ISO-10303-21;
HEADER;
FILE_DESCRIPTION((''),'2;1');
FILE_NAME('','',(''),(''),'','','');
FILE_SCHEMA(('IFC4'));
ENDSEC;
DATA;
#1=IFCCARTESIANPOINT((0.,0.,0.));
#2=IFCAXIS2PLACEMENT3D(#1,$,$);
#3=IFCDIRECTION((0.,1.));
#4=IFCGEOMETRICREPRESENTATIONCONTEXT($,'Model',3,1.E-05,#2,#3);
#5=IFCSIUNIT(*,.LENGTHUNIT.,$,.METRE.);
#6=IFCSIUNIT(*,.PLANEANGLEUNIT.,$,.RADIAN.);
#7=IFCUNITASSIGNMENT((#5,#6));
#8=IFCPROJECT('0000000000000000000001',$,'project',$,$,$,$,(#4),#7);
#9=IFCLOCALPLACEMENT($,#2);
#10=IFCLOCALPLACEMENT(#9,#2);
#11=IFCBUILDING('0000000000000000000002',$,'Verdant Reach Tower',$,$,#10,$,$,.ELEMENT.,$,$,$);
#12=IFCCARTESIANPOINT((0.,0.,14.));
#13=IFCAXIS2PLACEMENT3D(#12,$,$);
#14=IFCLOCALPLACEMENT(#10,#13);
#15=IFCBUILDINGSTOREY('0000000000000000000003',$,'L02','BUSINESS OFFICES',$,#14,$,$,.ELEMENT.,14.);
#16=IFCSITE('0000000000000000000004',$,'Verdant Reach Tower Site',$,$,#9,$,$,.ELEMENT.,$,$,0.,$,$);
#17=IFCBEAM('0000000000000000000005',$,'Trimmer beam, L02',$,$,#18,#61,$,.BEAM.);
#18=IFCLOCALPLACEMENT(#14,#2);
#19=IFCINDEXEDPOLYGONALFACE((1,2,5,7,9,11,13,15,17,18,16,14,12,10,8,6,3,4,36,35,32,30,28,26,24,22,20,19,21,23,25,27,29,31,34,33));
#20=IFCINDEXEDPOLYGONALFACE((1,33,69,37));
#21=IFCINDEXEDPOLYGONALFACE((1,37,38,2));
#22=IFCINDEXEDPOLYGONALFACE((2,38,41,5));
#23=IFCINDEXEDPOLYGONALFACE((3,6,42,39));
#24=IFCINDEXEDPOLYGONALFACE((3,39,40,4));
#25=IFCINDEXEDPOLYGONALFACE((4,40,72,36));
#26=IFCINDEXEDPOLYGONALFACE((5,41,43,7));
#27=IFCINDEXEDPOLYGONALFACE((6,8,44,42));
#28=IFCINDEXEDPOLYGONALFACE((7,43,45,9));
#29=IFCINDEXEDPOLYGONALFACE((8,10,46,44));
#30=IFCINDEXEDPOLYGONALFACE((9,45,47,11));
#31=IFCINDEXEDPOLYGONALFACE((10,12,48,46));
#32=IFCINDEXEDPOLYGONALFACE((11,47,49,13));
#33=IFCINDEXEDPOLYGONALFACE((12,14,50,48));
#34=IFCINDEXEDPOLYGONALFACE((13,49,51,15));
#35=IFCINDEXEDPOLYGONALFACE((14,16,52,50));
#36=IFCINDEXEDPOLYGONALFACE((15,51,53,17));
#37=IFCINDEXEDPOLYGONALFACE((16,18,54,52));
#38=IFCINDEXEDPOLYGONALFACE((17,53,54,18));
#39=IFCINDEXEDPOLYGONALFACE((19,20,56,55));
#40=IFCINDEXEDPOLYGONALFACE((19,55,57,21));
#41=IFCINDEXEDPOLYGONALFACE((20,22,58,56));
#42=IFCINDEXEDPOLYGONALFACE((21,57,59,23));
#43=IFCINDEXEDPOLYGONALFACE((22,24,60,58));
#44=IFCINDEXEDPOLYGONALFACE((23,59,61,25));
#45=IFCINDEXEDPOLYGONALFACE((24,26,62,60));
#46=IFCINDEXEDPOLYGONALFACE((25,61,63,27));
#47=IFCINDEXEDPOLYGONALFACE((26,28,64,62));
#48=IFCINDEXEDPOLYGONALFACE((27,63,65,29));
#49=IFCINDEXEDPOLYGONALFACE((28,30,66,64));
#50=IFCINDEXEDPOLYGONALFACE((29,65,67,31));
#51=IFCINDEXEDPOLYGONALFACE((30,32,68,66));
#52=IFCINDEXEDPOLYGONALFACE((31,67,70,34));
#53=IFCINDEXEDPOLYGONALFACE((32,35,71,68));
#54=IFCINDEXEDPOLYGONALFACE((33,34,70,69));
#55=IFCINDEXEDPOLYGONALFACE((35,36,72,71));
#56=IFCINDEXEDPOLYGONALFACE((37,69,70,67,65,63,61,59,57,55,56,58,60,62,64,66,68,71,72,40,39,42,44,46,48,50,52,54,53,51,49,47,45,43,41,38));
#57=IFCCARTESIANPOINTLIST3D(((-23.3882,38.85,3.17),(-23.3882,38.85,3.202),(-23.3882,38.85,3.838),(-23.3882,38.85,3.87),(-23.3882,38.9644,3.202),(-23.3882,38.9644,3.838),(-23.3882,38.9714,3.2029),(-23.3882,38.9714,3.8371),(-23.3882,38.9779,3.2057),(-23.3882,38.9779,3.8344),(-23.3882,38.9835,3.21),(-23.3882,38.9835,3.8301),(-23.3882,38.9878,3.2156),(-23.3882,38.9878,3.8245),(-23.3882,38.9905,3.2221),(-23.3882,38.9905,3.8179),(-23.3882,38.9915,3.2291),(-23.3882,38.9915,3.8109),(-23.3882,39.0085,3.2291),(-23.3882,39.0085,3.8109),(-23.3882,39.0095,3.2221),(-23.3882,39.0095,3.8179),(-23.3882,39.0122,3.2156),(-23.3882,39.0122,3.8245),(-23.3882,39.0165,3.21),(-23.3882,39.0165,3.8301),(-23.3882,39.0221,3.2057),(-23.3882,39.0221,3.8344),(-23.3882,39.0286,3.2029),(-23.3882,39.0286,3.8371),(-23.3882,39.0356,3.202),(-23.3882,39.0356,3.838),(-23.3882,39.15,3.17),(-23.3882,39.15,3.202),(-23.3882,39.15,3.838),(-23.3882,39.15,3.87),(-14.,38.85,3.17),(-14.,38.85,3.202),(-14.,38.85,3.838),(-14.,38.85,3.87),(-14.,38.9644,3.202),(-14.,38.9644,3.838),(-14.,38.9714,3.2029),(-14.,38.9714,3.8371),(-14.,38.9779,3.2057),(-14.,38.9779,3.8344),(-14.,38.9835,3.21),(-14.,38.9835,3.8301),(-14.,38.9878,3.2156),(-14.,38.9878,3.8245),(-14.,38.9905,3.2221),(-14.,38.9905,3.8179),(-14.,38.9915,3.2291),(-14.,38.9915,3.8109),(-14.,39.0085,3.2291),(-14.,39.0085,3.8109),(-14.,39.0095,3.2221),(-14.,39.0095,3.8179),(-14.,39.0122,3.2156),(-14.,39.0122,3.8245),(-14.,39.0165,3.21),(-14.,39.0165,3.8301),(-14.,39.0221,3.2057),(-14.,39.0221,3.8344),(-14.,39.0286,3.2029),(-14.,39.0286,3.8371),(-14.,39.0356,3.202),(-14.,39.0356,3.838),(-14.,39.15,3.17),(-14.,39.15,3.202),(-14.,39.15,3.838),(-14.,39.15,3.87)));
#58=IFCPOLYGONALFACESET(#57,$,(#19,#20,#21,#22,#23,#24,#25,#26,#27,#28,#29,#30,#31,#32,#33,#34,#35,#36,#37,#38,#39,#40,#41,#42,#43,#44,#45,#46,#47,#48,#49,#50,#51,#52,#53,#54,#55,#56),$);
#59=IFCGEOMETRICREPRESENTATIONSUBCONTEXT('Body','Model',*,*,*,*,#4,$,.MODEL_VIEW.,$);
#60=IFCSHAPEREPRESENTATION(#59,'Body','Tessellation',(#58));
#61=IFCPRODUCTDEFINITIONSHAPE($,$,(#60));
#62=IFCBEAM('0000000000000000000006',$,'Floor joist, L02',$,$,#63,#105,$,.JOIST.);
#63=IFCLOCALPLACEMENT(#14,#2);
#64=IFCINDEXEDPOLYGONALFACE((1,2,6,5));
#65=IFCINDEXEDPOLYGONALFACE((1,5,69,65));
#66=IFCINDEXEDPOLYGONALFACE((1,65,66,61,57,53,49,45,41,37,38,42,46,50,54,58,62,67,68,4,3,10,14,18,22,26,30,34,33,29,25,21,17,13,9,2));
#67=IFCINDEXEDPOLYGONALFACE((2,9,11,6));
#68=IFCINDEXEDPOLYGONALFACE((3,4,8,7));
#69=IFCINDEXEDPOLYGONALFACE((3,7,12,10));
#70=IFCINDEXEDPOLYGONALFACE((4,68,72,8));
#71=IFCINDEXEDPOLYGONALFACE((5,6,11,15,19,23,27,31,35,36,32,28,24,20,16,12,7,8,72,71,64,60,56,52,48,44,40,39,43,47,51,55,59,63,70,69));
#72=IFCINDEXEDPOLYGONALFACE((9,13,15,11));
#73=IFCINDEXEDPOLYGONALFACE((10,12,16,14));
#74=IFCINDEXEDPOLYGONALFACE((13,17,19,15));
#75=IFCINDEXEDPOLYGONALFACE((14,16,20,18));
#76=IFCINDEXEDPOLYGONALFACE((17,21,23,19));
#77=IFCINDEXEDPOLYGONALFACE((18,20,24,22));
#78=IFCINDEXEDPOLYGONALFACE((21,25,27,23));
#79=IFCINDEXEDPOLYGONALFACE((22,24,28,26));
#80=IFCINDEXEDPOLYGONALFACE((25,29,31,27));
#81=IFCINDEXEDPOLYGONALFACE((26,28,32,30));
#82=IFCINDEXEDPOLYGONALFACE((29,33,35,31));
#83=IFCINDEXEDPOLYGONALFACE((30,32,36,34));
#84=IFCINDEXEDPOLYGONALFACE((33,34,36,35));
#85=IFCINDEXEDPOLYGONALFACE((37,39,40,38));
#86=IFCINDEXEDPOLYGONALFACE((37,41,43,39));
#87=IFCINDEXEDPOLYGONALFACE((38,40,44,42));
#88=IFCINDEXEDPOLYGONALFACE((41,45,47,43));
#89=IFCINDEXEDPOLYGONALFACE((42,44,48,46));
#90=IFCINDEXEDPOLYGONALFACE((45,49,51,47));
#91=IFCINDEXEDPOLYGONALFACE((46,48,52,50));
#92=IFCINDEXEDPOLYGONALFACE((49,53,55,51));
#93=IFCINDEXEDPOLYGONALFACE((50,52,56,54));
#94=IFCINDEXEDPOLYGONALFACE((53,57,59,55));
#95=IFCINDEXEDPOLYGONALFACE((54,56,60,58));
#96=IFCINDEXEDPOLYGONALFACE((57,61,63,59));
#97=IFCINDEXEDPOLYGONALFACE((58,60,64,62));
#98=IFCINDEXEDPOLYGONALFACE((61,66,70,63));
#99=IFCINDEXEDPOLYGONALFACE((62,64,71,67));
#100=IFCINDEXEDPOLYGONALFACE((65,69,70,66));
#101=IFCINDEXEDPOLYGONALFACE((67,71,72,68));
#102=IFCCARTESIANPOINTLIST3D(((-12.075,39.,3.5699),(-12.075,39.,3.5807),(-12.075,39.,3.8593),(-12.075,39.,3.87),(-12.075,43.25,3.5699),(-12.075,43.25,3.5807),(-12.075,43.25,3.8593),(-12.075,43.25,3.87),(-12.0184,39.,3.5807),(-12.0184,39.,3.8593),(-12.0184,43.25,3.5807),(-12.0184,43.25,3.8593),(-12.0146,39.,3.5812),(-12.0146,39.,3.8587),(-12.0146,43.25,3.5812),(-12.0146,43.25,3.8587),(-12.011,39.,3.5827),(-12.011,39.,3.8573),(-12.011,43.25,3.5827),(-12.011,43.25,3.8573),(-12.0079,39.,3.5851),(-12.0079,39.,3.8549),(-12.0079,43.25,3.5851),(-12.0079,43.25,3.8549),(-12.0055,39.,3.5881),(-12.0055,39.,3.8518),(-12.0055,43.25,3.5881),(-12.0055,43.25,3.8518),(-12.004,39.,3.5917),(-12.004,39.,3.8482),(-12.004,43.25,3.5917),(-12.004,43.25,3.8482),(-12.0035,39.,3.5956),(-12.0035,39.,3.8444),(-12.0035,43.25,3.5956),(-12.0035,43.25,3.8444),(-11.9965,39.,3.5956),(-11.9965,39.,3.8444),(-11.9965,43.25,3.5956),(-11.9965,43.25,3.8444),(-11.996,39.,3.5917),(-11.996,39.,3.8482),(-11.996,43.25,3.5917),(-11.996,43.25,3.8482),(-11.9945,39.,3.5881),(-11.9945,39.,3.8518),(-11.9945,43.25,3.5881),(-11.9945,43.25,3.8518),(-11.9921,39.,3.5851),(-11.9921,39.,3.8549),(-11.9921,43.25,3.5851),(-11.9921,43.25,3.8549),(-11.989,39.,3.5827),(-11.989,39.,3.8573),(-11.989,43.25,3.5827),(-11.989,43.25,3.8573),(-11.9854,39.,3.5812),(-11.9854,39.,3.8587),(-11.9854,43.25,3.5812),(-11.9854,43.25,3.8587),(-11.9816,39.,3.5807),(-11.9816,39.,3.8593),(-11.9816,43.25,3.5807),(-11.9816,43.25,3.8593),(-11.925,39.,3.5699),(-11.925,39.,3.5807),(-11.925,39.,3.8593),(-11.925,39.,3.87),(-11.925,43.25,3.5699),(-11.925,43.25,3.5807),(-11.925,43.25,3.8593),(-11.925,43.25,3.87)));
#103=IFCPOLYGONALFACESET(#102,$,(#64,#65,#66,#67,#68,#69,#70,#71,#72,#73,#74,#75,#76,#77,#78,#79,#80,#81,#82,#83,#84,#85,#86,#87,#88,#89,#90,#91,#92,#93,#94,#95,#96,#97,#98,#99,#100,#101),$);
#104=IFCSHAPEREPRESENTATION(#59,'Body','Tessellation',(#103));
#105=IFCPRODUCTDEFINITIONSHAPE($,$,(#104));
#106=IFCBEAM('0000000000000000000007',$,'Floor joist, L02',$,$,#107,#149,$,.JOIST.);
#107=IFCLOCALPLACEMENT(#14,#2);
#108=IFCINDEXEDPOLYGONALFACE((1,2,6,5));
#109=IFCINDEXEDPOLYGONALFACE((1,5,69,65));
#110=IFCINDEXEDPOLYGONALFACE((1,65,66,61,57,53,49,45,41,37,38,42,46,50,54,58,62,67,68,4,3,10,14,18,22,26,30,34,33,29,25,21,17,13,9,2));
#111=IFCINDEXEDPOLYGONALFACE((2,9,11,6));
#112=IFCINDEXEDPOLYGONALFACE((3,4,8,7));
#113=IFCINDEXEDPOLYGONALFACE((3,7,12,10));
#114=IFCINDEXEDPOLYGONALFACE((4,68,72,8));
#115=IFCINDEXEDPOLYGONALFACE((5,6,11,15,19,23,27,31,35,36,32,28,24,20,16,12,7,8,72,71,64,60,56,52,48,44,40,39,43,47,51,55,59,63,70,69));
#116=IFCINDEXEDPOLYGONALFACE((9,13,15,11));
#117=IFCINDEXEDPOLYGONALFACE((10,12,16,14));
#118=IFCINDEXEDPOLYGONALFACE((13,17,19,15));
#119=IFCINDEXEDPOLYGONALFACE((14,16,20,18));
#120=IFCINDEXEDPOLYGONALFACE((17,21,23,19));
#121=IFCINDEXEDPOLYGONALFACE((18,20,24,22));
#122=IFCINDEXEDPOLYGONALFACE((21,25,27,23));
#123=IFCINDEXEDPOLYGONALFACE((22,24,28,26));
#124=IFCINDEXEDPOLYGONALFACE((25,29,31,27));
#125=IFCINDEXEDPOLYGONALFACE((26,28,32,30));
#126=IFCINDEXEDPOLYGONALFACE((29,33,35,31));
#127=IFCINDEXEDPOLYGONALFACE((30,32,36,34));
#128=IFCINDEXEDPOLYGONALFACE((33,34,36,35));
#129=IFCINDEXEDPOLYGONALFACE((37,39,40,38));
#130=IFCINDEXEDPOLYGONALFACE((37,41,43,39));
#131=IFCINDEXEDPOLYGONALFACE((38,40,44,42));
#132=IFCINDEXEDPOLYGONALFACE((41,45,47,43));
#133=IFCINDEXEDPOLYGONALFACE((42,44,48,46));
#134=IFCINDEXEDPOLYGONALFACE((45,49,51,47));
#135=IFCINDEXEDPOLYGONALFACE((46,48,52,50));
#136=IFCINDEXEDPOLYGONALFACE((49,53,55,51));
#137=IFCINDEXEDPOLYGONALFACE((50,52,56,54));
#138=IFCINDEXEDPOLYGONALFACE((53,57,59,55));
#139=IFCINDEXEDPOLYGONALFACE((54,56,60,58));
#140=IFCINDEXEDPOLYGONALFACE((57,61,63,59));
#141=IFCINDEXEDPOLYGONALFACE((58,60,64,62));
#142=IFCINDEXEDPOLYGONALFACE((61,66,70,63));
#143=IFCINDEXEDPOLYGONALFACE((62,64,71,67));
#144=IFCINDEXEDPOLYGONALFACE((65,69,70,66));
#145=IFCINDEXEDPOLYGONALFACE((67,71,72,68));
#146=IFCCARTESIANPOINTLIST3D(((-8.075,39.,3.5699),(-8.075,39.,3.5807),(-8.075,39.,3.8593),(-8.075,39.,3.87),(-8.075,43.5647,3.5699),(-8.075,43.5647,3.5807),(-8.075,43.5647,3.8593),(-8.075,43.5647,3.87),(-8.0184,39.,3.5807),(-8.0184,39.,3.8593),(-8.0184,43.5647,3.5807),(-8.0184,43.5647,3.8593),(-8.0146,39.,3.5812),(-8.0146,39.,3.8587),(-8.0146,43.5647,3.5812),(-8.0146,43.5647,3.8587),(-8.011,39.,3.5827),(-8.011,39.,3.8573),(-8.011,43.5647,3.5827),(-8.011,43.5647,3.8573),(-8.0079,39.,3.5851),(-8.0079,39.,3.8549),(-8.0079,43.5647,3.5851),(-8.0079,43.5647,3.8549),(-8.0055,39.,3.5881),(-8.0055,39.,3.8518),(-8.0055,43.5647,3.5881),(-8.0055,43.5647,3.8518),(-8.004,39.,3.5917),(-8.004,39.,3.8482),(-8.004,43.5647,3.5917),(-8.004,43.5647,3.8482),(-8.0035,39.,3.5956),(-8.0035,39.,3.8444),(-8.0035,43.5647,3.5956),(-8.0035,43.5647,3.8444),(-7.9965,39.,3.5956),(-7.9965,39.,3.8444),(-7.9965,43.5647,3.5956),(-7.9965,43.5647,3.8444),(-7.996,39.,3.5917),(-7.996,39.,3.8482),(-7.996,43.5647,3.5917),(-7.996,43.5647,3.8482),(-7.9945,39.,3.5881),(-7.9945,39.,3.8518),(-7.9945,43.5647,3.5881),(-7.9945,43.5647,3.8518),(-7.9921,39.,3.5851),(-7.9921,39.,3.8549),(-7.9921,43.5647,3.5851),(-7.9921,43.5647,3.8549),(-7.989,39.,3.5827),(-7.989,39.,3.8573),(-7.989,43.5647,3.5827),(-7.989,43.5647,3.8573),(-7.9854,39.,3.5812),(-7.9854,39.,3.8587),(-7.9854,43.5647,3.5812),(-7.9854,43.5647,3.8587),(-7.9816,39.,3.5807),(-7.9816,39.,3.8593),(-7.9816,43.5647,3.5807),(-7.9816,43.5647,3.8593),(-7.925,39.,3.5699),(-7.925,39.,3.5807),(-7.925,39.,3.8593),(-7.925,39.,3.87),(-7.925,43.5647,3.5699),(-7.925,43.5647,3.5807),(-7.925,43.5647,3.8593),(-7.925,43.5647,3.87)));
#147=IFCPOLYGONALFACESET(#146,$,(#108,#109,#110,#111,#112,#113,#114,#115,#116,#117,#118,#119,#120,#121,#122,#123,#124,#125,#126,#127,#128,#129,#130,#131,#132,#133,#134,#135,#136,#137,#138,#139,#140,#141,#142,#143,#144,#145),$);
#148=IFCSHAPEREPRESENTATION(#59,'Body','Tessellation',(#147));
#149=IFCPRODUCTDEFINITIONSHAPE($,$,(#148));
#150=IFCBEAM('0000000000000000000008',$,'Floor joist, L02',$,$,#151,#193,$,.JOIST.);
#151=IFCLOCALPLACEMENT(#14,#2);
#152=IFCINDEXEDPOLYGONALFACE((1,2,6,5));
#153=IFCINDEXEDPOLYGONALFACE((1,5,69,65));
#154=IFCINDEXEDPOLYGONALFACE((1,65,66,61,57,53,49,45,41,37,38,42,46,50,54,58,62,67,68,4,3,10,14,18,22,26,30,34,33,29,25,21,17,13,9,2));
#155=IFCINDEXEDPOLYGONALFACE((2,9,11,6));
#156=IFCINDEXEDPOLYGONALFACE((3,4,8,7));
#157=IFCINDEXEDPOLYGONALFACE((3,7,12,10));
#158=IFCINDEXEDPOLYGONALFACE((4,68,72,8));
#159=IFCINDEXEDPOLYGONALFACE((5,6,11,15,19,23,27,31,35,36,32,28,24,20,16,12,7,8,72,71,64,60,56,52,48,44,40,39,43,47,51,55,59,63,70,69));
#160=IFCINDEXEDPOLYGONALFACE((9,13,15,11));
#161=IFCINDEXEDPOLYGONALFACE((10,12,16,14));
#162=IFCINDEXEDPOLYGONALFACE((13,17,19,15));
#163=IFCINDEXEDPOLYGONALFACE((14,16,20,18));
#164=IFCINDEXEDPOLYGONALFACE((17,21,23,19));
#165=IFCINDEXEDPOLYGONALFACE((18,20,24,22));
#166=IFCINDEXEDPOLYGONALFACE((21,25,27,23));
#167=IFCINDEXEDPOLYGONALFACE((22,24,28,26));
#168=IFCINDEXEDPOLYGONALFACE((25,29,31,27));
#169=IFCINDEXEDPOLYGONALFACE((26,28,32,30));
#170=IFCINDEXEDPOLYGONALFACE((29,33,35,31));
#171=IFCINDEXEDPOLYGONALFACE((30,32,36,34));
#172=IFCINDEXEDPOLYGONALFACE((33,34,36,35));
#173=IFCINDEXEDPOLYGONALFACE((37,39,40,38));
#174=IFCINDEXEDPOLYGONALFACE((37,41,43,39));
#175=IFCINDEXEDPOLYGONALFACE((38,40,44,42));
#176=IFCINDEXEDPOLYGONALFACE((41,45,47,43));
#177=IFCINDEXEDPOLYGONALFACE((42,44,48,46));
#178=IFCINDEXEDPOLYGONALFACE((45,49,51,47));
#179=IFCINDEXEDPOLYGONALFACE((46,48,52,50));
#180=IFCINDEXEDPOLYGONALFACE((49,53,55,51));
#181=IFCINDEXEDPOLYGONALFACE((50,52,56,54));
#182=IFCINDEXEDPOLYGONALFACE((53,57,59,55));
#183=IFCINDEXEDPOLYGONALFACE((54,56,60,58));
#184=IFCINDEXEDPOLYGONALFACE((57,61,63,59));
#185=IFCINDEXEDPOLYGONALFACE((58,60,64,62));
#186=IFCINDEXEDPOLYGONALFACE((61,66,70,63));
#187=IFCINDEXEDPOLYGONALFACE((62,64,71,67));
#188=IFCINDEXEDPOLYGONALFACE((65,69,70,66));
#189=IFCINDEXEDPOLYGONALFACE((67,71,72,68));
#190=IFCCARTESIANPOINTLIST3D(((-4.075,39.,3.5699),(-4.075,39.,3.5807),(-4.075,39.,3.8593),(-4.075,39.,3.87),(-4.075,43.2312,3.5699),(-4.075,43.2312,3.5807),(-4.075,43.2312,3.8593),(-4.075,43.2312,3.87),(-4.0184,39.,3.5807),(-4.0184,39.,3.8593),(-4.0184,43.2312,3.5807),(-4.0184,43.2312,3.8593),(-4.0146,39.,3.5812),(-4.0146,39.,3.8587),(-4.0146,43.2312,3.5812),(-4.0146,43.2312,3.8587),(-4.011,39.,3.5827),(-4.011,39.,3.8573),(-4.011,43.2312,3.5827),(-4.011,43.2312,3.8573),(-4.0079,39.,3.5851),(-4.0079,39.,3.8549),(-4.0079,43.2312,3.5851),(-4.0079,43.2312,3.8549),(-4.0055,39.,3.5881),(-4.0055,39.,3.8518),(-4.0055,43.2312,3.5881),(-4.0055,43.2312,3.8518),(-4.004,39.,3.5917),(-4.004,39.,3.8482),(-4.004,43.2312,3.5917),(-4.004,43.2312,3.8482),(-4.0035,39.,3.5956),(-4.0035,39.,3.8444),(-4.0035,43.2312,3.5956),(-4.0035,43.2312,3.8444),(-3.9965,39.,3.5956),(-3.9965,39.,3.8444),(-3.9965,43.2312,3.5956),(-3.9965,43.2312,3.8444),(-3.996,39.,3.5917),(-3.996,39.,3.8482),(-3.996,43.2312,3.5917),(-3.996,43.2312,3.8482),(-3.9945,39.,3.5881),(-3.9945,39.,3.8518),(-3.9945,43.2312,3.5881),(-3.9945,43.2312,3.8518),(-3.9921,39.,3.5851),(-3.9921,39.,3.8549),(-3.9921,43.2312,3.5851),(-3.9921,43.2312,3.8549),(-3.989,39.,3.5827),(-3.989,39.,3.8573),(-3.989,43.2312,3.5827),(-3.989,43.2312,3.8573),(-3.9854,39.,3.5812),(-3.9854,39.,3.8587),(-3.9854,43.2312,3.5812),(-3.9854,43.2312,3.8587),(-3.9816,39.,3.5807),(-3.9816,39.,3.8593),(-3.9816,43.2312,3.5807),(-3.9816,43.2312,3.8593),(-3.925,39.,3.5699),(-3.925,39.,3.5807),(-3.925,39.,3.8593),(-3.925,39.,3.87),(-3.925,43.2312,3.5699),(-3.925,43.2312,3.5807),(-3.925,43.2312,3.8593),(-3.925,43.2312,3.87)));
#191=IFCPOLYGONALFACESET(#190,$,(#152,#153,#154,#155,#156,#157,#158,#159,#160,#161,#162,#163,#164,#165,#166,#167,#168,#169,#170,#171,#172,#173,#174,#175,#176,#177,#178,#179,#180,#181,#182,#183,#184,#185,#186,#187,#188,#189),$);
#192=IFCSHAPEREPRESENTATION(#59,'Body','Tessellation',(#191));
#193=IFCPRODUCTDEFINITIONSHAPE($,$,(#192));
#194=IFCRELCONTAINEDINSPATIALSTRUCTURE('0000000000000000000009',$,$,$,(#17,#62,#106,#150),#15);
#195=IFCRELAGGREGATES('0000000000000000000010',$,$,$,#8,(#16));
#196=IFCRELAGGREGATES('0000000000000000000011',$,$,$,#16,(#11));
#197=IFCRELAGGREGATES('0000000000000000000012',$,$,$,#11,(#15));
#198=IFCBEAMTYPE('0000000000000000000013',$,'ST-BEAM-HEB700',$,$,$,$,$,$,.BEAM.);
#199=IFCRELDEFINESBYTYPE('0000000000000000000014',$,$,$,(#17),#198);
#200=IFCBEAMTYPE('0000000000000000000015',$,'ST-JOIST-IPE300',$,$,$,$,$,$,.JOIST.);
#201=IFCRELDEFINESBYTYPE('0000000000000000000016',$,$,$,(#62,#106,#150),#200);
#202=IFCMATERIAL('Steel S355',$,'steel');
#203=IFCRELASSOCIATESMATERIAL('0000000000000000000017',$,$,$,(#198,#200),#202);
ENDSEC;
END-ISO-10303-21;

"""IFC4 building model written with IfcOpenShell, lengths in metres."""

from ifc_helpers import new_model, si_unit, direction, frame, origin, origin_2d, place, context, subcontext, project, spatial, i_section, extrude, material, material_profile, profile_set, type_object, element, save


model = new_model("IFC4")

# Units and contexts
model_context = context("Model", 3, precision=1e-05, world=origin(), true_north=direction((0.0, 1.0)))
body_context = subcontext(model_context, "Body", "Model", "MODEL_VIEW")
ifc_project = project(units=[si_unit("LENGTHUNIT", "METRE"), si_unit("PLANEANGLEUNIT", "RADIAN")], contexts=[model_context])

# Site, building, storey
site_placement = place(None, origin())
site = spatial("IfcSite", under=ifc_project, at=site_placement, Name="Verdant Reach Tower Site", CompositionType="ELEMENT", RefElevation=0.0)
building_placement = place(site_placement, origin())
building = spatial("IfcBuilding", under=site, at=building_placement, Name="Verdant Reach Tower", CompositionType="ELEMENT")
storey_placement = place(building_placement, frame((0.0, 0.0, 14.0)))
storey = spatial("IfcBuildingStorey", under=building, at=storey_placement, Name="L02", Description="BUSINESS OFFICES", CompositionType="ELEMENT", Elevation=14.0)

# Beams
ifc_material_1 = material(Name="Steel S355", Category="steel")
ifc_material_profile_1 = material_profile(ifc_material_1, i_section(OverallWidth=0.3, OverallDepth=0.7, WebThickness=0.0171, FlangeThickness=0.032, FilletRadius=0.0271, at=origin_2d()), Name="HEB 700")
ifc_profile_set_1 = profile_set([ifc_material_profile_1], Name="Steel S355")
beam_type_1 = type_object("IfcBeamType", Name="ST-BEAM-HEB700", PredefinedType="BEAM", material=ifc_profile_set_1)
beam_1_placement = place(storey_placement, frame((-14.0, 39.0, 3.52), z_axis=(-1.0, 0.0, 0.0), x_axis=(0.0, -1.0, 0.0)))
element("IfcBeam", 1, at=beam_1_placement, inside=storey, type_object=beam_type_1, Name="Trimmer beam, L02", PredefinedType="BEAM", context=body_context, shape_type="SweptSolid", body=[
    extrude(i_section(OverallWidth=0.3, OverallDepth=0.7, WebThickness=0.0171, FlangeThickness=0.032, FilletRadius=0.0271, at=origin_2d()), origin(), (0.0, 0.0, 1.0), 9.3882),
])
ifc_material_profile_2 = material_profile(ifc_material_1, i_section(OverallWidth=0.1499, OverallDepth=0.3, WebThickness=0.0071, FlangeThickness=0.0107, FilletRadius=0.0149, at=origin_2d()), Name="IPE 300")
ifc_profile_set_2 = profile_set([ifc_material_profile_2], Name="Steel S355")
beam_type_2 = type_object("IfcBeamType", Name="ST-JOIST-IPE300", PredefinedType="JOIST", material=ifc_profile_set_2)
beam_2_placement = place(storey_placement, frame((-12.0, 39.0, 3.72), z_axis=(0.0, 1.0, 0.0), x_axis=(-1.0, 0.0, 0.0)))
element("IfcBeam", 2, at=beam_2_placement, inside=storey, type_object=beam_type_2, Name="Floor joist, L02", PredefinedType="JOIST", context=body_context, shape_type="SweptSolid", body=[
    extrude(i_section(OverallWidth=0.1499, OverallDepth=0.3, WebThickness=0.0071, FlangeThickness=0.0107, FilletRadius=0.0149, at=origin_2d()), origin(), (0.0, 0.0, 1.0), 4.25),
])
beam_3_placement = place(storey_placement, frame((-8.0, 39.0, 3.72), z_axis=(0.0, 1.0, 0.0), x_axis=(-1.0, 0.0, 0.0)))
element("IfcBeam", 3, at=beam_3_placement, inside=storey, type_object=beam_type_2, Name="Floor joist, L02", PredefinedType="JOIST", context=body_context, shape_type="SweptSolid", body=[
    extrude(i_section(OverallWidth=0.1499, OverallDepth=0.3, WebThickness=0.0071, FlangeThickness=0.0107, FilletRadius=0.0149, at=origin_2d()), origin(), (0.0, 0.0, 1.0), 4.5647),
])
beam_4_placement = place(storey_placement, frame((-4.0, 39.0, 3.72), z_axis=(0.0, 1.0, 0.0), x_axis=(-1.0, 0.0, 0.0)))
element("IfcBeam", 4, at=beam_4_placement, inside=storey, type_object=beam_type_2, Name="Floor joist, L02", PredefinedType="JOIST", context=body_context, shape_type="SweptSolid", body=[
    extrude(i_section(OverallWidth=0.1499, OverallDepth=0.3, WebThickness=0.0071, FlangeThickness=0.0107, FilletRadius=0.0149, at=origin_2d()), origin(), (0.0, 0.0, 1.0), 4.2312),
])

save(model, "model.ifc")
